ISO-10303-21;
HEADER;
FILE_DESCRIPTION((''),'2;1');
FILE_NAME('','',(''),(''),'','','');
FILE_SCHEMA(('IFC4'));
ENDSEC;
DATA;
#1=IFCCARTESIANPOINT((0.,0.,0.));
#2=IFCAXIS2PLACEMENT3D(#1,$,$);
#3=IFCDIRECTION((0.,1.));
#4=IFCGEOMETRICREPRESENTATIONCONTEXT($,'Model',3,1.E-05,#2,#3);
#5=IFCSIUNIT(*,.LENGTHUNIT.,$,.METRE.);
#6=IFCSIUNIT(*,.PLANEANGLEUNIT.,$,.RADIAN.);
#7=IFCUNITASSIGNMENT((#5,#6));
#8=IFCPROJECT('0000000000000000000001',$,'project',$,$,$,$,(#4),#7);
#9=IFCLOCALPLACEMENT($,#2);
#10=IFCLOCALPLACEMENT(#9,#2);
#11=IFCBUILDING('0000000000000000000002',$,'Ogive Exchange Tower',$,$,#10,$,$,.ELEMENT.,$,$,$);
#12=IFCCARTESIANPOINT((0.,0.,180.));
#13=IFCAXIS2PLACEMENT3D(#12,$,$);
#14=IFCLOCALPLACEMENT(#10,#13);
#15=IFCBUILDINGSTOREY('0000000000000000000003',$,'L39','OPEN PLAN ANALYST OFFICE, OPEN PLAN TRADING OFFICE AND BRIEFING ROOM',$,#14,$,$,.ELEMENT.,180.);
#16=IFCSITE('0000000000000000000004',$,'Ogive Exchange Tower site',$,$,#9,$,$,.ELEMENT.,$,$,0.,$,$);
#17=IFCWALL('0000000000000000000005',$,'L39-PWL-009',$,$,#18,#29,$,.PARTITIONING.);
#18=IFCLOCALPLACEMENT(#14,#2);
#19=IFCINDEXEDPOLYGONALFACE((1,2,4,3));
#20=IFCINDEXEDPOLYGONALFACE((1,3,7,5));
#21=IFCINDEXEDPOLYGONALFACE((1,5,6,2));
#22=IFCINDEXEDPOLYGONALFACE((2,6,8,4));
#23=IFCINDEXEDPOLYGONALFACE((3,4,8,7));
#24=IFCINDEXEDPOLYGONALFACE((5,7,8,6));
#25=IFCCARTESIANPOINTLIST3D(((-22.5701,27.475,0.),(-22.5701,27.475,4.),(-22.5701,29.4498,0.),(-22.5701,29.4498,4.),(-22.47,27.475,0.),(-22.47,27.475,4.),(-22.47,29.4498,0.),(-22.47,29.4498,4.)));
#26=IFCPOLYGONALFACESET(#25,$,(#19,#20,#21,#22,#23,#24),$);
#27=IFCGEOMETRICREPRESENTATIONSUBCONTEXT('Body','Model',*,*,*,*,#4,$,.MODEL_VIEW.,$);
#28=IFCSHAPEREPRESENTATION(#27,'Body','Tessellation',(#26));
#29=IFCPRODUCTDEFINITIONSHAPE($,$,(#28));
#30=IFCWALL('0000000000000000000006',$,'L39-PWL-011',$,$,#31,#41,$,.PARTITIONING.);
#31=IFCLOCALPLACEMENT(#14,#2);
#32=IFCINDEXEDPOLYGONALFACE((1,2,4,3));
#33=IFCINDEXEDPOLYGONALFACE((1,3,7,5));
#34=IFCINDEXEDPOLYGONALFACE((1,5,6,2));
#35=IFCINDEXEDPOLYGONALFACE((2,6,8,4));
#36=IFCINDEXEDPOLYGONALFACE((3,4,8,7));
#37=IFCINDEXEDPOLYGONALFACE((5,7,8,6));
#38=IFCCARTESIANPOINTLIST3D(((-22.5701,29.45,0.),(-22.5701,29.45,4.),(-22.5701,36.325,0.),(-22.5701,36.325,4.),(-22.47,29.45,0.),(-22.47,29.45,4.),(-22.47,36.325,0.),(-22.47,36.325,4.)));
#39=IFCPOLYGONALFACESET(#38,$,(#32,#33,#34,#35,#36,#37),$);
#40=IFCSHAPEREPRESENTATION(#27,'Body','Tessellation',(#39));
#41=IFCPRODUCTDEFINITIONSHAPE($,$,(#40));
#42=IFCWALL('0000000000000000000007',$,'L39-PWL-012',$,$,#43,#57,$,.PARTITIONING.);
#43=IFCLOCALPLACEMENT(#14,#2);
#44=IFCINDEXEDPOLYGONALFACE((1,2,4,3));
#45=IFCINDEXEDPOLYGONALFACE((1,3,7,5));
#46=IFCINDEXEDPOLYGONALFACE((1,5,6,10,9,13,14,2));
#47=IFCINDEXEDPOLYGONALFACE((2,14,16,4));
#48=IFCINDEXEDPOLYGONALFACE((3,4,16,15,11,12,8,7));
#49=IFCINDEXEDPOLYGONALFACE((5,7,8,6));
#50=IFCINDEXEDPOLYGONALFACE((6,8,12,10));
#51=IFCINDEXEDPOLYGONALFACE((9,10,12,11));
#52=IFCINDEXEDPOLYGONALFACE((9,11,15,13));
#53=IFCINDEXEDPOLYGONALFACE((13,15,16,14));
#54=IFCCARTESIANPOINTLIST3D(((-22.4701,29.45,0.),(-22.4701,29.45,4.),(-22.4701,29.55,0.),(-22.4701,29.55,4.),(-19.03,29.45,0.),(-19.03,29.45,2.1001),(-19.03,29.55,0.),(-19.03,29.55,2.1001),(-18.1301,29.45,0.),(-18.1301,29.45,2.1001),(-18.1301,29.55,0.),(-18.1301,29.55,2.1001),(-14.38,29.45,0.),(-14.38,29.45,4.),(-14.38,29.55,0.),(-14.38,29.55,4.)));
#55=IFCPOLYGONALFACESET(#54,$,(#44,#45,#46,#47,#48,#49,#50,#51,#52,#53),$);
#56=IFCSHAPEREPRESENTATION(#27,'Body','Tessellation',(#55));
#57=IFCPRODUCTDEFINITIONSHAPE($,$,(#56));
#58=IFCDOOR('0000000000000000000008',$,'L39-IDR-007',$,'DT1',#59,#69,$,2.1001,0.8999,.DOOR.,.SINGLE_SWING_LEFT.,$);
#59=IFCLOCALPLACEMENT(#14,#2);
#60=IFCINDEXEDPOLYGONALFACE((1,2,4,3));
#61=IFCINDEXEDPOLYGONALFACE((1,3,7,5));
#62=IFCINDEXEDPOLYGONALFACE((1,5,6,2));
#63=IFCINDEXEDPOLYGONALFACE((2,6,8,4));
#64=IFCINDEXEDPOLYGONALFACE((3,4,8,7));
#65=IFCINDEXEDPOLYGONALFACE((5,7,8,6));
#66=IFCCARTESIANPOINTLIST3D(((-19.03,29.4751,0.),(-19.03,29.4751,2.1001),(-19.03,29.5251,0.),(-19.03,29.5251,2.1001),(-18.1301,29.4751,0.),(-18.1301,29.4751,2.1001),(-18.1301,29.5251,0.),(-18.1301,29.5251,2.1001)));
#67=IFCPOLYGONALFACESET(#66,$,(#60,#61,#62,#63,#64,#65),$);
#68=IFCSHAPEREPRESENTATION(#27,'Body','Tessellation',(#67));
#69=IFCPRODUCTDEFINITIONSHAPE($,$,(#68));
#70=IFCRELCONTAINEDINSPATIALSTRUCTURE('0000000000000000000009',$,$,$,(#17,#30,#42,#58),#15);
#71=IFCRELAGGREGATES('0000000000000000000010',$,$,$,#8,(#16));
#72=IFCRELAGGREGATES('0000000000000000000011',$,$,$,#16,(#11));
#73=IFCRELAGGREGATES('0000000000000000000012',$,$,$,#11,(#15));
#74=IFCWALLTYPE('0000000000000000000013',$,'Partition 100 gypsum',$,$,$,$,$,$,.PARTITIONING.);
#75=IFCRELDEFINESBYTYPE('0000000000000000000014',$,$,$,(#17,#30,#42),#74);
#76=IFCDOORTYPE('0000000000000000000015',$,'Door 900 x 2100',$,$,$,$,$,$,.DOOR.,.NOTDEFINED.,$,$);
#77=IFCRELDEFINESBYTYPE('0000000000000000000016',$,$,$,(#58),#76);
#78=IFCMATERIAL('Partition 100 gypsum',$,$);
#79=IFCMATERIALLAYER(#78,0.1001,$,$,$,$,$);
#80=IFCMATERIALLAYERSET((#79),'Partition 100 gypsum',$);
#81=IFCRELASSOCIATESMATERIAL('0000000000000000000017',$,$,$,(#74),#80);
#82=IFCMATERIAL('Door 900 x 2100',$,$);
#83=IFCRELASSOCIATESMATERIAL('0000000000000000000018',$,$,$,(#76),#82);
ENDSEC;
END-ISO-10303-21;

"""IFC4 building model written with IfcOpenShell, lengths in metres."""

from ifc_helpers import new_model, si_unit, direction, frame, frame_2d, origin, place, context, subcontext, project, spatial, rectangle, extrude, material, layer, layer_set, type_object, element, fill, save


model = new_model("IFC4")

# Units and contexts
model_context = context("Model", 3, precision=1e-05, world=origin(), true_north=direction((0.0, 1.0)))
body_context = subcontext(model_context, "Body", "Model", "MODEL_VIEW")
ifc_project = project(units=[si_unit("LENGTHUNIT", "METRE"), si_unit("PLANEANGLEUNIT", "RADIAN")], contexts=[model_context])

# Site, building, storey
site_placement = place(None, origin())
site = spatial("IfcSite", under=ifc_project, at=site_placement, Name="Ogive Exchange Tower site", CompositionType="ELEMENT", RefElevation=0.0)
building_placement = place(site_placement, origin())
building = spatial("IfcBuilding", under=site, at=building_placement, Name="Ogive Exchange Tower", CompositionType="ELEMENT")
storey_placement = place(building_placement, frame((0.0, 0.0, 180.0)))
storey = spatial("IfcBuildingStorey", under=building, at=storey_placement, Name="L39", Description="OPEN PLAN ANALYST OFFICE, OPEN PLAN TRADING OFFICE AND BRIEFING ROOM", CompositionType="ELEMENT", Elevation=180.0)

# Walls
ifc_material_1 = material(Name="Partition 100 gypsum")
ifc_layer_1 = layer(ifc_material_1, 0.1001)
ifc_layer_set_1 = layer_set([ifc_layer_1], Name="Partition 100 gypsum")
wall_type_1 = type_object("IfcWallType", Name="Partition 100 gypsum", PredefinedType="PARTITIONING", material=ifc_layer_set_1)
wall_1_placement = place(storey_placement, frame((-22.52, 27.4751, 0.0), z_axis=(0.0, 0.0, 1.0), x_axis=(0.0, 1.0, 0.0)))
element("IfcWall", 1, at=wall_1_placement, inside=storey, type_object=wall_type_1, Name="L39-PWL-009", PredefinedType="PARTITIONING", context=body_context, shape_type="SweptSolid", body=[
    extrude(rectangle(XDim=1.9749, YDim=0.1001, at=frame_2d((0.9873, 0.0))), origin(), (0.0, 0.0, 1.0), 4.0),
])
wall_2_placement = place(storey_placement, frame((-22.52, 29.45, 0.0), z_axis=(0.0, 0.0, 1.0), x_axis=(0.0, 1.0, 0.0)))
element("IfcWall", 2, at=wall_2_placement, inside=storey, type_object=wall_type_1, Name="L39-PWL-011", PredefinedType="PARTITIONING", context=body_context, shape_type="SweptSolid", body=[
    extrude(rectangle(XDim=6.875, YDim=0.1001, at=frame_2d((3.4375, 0.0))), origin(), (0.0, 0.0, 1.0), 4.0),
])

# Wall, opening, door
wall_3_placement = place(storey_placement, frame((-22.47, 29.5, 0.0), z_axis=(0.0, 0.0, 1.0), x_axis=(1.0, 0.0, 0.0)))
wall_3 = element("IfcWall", 3, at=wall_3_placement, inside=storey, type_object=wall_type_1, Name="L39-PWL-012", PredefinedType="PARTITIONING", context=body_context, shape_type="SweptSolid", body=[
    extrude(rectangle(XDim=8.0901, YDim=0.1001, at=frame_2d((4.0449, 0.0))), origin(), (0.0, 0.0, 1.0), 4.0),
])
opening_1_placement = place(wall_3_placement, frame((3.4399, 0.0, 0.0)))
opening_1 = element("IfcOpeningElement", 4, at=opening_1_placement, cuts=wall_3, PredefinedType="OPENING", context=body_context, shape_type="SweptSolid", body=[
    extrude(rectangle(XDim=0.8999, YDim=2.1001, at=frame_2d((0.45, 1.05))), frame((0.0, 0.0601, 0.0), z_axis=(0.0, -1.0, 0.0), x_axis=(1.0, 0.0, 0.0)), (0.0, 0.0, 1.0), 0.1201),
])
ifc_material_2 = material(Name="Door 900 x 2100")
door_type_1 = type_object("IfcDoorType", Name="Door 900 x 2100", OperationType="NOTDEFINED", PredefinedType="DOOR", material=ifc_material_2)
door_1_placement = place(opening_1_placement, frame((0.8999, 0.0, 0.0), z_axis=(0.0, 0.0, 1.0), x_axis=(-1.0, 0.0, 0.0)))
door_1 = element("IfcDoor", 5, at=door_1_placement, inside=storey, type_object=door_type_1, Name="L39-IDR-007", ObjectType="DT1", OperationType="SINGLE_SWING_LEFT", OverallHeight=2.1001, OverallWidth=0.8999, PredefinedType="DOOR", context=body_context, shape_type="SweptSolid", body=[
    extrude(rectangle(XDim=0.8999, YDim=2.1001, at=frame_2d((0.45, 1.05))), frame((0.0, 0.0249, 0.0), z_axis=(0.0, -1.0, 0.0), x_axis=(1.0, 0.0, 0.0)), (0.0, 0.0, 1.0), 0.05),
])
fill(opening_1, door_1)

save(model, "model.ifc")
